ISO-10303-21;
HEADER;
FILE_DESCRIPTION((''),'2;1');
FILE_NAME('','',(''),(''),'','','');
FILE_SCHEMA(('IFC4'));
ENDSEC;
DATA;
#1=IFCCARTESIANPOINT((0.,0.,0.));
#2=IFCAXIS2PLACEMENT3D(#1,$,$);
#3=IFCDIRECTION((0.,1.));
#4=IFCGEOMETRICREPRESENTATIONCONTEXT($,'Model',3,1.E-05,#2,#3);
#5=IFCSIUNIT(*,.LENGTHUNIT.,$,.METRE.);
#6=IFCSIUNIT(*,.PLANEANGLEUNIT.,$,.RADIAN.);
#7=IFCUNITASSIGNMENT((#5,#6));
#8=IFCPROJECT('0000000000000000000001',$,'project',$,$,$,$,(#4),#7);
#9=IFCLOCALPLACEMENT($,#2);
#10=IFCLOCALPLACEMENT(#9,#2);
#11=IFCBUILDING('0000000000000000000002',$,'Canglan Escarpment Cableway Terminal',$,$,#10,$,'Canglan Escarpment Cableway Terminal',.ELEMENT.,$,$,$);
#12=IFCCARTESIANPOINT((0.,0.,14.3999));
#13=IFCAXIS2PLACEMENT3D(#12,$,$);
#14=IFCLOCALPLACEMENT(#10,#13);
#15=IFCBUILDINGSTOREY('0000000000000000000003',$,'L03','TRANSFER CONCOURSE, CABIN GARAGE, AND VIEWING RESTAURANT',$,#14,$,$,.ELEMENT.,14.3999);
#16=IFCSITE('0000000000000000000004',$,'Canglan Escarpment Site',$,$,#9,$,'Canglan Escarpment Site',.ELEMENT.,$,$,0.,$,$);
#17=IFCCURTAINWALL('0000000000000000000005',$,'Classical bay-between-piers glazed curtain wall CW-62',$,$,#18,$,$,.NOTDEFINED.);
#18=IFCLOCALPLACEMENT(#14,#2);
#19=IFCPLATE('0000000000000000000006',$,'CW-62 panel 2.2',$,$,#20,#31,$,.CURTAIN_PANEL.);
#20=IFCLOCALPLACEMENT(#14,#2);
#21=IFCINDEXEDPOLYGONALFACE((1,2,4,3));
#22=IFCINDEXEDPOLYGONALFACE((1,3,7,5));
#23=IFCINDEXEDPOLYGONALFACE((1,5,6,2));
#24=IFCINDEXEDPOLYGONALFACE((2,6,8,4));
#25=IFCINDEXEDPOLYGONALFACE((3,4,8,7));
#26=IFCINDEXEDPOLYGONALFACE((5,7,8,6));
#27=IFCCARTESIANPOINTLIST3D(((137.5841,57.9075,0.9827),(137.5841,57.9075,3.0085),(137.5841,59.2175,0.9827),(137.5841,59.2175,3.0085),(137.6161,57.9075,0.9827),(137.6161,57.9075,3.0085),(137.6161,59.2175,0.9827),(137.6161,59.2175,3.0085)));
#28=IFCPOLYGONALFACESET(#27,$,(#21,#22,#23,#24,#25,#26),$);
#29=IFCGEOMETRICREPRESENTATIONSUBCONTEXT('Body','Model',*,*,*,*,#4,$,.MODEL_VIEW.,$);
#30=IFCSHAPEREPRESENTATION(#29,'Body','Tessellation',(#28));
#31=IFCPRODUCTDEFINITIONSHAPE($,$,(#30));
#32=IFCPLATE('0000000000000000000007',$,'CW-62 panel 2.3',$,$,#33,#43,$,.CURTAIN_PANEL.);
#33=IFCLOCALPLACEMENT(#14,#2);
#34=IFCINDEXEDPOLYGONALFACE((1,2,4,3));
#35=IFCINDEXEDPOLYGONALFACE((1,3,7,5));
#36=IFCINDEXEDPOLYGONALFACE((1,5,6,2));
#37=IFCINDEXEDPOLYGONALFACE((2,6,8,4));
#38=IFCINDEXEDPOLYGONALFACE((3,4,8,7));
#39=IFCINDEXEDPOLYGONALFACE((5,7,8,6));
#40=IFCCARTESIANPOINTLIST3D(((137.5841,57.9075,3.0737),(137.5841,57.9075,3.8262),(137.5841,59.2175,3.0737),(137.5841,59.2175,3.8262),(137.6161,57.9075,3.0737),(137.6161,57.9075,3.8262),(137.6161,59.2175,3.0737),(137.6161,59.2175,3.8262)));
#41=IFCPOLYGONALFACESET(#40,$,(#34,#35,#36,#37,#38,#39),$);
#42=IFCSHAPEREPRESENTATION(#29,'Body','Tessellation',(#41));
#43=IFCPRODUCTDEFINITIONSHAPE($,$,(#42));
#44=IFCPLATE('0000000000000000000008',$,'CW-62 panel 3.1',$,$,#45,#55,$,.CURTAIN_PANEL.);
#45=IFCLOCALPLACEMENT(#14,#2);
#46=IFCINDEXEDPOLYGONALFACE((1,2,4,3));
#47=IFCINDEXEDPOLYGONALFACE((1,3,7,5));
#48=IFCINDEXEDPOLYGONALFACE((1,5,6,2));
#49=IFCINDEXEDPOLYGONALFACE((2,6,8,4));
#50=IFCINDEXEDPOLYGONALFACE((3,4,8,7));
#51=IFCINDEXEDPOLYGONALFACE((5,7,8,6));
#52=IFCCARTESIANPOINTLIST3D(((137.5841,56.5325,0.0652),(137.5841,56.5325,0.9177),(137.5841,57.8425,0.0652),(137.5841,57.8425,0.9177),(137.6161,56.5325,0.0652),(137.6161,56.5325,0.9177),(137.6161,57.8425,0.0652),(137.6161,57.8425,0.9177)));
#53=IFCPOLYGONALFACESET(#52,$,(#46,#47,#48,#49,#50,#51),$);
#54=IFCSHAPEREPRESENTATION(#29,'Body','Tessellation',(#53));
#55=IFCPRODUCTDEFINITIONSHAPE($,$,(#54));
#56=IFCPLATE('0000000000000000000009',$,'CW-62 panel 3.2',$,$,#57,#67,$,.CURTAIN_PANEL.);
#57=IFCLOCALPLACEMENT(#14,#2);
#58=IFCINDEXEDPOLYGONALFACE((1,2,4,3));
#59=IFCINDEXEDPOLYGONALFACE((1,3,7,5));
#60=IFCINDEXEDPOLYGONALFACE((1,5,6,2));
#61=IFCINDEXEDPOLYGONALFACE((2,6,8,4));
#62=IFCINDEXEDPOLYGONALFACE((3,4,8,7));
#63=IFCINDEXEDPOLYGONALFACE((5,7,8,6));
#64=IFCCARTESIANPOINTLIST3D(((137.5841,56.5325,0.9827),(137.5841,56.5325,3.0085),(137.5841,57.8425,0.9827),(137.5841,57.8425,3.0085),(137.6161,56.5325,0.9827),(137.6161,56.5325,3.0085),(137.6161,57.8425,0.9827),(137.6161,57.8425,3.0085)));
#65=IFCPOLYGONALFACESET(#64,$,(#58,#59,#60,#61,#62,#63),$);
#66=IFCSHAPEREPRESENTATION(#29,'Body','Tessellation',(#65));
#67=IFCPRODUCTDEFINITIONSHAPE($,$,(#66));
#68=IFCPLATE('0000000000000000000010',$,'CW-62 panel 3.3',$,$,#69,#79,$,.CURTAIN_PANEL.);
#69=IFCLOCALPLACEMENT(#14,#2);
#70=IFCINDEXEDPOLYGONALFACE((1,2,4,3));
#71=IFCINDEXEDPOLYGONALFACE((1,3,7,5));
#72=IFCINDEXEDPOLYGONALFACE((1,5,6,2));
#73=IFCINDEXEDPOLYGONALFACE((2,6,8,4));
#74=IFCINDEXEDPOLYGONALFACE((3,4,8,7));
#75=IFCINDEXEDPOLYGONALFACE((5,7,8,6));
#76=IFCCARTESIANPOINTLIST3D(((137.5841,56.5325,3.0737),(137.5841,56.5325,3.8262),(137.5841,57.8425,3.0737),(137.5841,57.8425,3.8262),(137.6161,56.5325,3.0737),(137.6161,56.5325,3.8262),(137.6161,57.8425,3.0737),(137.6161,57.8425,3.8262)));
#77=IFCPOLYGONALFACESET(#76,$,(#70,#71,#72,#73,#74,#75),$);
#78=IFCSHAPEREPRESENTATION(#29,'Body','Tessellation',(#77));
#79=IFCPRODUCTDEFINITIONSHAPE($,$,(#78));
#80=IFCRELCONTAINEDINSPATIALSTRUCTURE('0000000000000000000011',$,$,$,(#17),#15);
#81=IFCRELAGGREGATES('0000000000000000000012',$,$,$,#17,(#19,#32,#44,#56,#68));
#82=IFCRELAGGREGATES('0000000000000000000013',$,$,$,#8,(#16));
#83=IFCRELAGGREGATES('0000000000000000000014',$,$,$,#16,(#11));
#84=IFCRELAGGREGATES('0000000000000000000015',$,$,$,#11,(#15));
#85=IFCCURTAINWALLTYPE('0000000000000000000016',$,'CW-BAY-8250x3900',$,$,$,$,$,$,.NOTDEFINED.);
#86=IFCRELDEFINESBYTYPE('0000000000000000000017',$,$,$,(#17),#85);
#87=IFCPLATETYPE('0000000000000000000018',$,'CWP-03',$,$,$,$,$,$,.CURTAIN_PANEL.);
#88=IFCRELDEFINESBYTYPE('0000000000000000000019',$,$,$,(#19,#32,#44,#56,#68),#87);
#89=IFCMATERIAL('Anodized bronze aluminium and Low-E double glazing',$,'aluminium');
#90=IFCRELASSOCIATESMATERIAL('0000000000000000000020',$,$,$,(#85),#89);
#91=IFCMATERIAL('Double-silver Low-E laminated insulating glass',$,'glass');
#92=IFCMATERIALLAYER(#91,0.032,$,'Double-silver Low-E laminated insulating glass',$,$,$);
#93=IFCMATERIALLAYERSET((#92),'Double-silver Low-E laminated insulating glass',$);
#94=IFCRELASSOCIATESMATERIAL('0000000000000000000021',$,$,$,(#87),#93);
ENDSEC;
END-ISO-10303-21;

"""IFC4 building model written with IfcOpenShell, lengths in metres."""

from ifc_helpers import new_model, si_unit, direction, frame, origin, origin_2d, place, context, subcontext, project, spatial, rectangle, extrude, material, layer, layer_set, type_object, element, aggregate, save


model = new_model("IFC4")

# Units and contexts
model_context = context("Model", 3, precision=1e-05, world=origin(), true_north=direction((0.0, 1.0)))
body_context = subcontext(model_context, "Body", "Model", "MODEL_VIEW")
ifc_project = project(units=[si_unit("LENGTHUNIT", "METRE"), si_unit("PLANEANGLEUNIT", "RADIAN")], contexts=[model_context])

# Site, building, storey
site_placement = place(None, origin())
site = spatial("IfcSite", under=ifc_project, at=site_placement, Name="Canglan Escarpment Site", LongName="Canglan Escarpment Site", CompositionType="ELEMENT", RefElevation=0.0)
building_placement = place(site_placement, origin())
building = spatial("IfcBuilding", under=site, at=building_placement, Name="Canglan Escarpment Cableway Terminal", LongName="Canglan Escarpment Cableway Terminal", CompositionType="ELEMENT")
storey_placement = place(building_placement, frame((0.0, 0.0, 14.3999)))
storey = spatial("IfcBuildingStorey", under=building, at=storey_placement, Name="L03", Description="TRANSFER CONCOURSE, CABIN GARAGE, AND VIEWING RESTAURANT", CompositionType="ELEMENT", Elevation=14.3999)

# Curtain wall, plates
ifc_material_1 = material(Name="Anodized bronze aluminium and Low-E double glazing", Category="aluminium")
curtain_wall_type = type_object("IfcCurtainWallType", Name="CW-BAY-8250x3900", PredefinedType="NOTDEFINED", material=ifc_material_1)
curtain_wall_placement = place(storey_placement, origin())
curtain_wall = element("IfcCurtainWall", 1, at=curtain_wall_placement, inside=storey, type_object=curtain_wall_type, Name="Classical bay-between-piers glazed curtain wall CW-62", PredefinedType="NOTDEFINED")
ifc_material_2 = material(Name="Double-silver Low-E laminated insulating glass", Category="glass")
ifc_layer = layer(ifc_material_2, 0.032, Name="Double-silver Low-E laminated insulating glass")
ifc_layer_set = layer_set([ifc_layer], Name="Double-silver Low-E laminated insulating glass")
plate_type = type_object("IfcPlateType", Name="CWP-03", PredefinedType="CURTAIN_PANEL", material=ifc_layer_set)
plate_1_placement = place(storey_placement, frame((137.6001, 58.5625, 0.9827), z_axis=(0.0, 0.0, 1.0), x_axis=(0.0, -1.0, 0.0)))
plate_1 = element("IfcPlate", 2, at=plate_1_placement, type_object=plate_type, Name="CW-62 panel 2.2", PredefinedType="CURTAIN_PANEL", context=body_context, shape_type="SweptSolid", body=[
    extrude(rectangle(XDim=1.3101, YDim=0.032, at=origin_2d()), origin(), (0.0, 0.0, 1.0), 2.0259),
])
plate_2_placement = place(storey_placement, frame((137.6001, 58.5625, 3.0737), z_axis=(0.0, 0.0, 1.0), x_axis=(0.0, -1.0, 0.0)))
plate_2 = element("IfcPlate", 3, at=plate_2_placement, type_object=plate_type, Name="CW-62 panel 2.3", PredefinedType="CURTAIN_PANEL", context=body_context, shape_type="SweptSolid", body=[
    extrude(rectangle(XDim=1.3101, YDim=0.032, at=origin_2d()), origin(), (0.0, 0.0, 1.0), 0.7524),
])
plate_3_placement = place(storey_placement, frame((137.6001, 57.1875, 0.0652), z_axis=(0.0, 0.0, 1.0), x_axis=(0.0, -1.0, 0.0)))
plate_3 = element("IfcPlate", 4, at=plate_3_placement, type_object=plate_type, Name="CW-62 panel 3.1", PredefinedType="CURTAIN_PANEL", context=body_context, shape_type="SweptSolid", body=[
    extrude(rectangle(XDim=1.3101, YDim=0.032, at=origin_2d()), origin(), (0.0, 0.0, 1.0), 0.8525),
])
plate_4_placement = place(storey_placement, frame((137.6001, 57.1875, 0.9827), z_axis=(0.0, 0.0, 1.0), x_axis=(0.0, -1.0, 0.0)))
plate_4 = element("IfcPlate", 5, at=plate_4_placement, type_object=plate_type, Name="CW-62 panel 3.2", PredefinedType="CURTAIN_PANEL", context=body_context, shape_type="SweptSolid", body=[
    extrude(rectangle(XDim=1.3101, YDim=0.032, at=origin_2d()), origin(), (0.0, 0.0, 1.0), 2.0259),
])
plate_5_placement = place(storey_placement, frame((137.6001, 57.1875, 3.0737), z_axis=(0.0, 0.0, 1.0), x_axis=(0.0, -1.0, 0.0)))
plate_5 = element("IfcPlate", 6, at=plate_5_placement, type_object=plate_type, Name="CW-62 panel 3.3", PredefinedType="CURTAIN_PANEL", context=body_context, shape_type="SweptSolid", body=[
    extrude(rectangle(XDim=1.3101, YDim=0.032, at=origin_2d()), origin(), (0.0, 0.0, 1.0), 0.7524),
])
aggregate(curtain_wall, [plate_1, plate_2, plate_3, plate_4, plate_5])

save(model, "model.ifc")
